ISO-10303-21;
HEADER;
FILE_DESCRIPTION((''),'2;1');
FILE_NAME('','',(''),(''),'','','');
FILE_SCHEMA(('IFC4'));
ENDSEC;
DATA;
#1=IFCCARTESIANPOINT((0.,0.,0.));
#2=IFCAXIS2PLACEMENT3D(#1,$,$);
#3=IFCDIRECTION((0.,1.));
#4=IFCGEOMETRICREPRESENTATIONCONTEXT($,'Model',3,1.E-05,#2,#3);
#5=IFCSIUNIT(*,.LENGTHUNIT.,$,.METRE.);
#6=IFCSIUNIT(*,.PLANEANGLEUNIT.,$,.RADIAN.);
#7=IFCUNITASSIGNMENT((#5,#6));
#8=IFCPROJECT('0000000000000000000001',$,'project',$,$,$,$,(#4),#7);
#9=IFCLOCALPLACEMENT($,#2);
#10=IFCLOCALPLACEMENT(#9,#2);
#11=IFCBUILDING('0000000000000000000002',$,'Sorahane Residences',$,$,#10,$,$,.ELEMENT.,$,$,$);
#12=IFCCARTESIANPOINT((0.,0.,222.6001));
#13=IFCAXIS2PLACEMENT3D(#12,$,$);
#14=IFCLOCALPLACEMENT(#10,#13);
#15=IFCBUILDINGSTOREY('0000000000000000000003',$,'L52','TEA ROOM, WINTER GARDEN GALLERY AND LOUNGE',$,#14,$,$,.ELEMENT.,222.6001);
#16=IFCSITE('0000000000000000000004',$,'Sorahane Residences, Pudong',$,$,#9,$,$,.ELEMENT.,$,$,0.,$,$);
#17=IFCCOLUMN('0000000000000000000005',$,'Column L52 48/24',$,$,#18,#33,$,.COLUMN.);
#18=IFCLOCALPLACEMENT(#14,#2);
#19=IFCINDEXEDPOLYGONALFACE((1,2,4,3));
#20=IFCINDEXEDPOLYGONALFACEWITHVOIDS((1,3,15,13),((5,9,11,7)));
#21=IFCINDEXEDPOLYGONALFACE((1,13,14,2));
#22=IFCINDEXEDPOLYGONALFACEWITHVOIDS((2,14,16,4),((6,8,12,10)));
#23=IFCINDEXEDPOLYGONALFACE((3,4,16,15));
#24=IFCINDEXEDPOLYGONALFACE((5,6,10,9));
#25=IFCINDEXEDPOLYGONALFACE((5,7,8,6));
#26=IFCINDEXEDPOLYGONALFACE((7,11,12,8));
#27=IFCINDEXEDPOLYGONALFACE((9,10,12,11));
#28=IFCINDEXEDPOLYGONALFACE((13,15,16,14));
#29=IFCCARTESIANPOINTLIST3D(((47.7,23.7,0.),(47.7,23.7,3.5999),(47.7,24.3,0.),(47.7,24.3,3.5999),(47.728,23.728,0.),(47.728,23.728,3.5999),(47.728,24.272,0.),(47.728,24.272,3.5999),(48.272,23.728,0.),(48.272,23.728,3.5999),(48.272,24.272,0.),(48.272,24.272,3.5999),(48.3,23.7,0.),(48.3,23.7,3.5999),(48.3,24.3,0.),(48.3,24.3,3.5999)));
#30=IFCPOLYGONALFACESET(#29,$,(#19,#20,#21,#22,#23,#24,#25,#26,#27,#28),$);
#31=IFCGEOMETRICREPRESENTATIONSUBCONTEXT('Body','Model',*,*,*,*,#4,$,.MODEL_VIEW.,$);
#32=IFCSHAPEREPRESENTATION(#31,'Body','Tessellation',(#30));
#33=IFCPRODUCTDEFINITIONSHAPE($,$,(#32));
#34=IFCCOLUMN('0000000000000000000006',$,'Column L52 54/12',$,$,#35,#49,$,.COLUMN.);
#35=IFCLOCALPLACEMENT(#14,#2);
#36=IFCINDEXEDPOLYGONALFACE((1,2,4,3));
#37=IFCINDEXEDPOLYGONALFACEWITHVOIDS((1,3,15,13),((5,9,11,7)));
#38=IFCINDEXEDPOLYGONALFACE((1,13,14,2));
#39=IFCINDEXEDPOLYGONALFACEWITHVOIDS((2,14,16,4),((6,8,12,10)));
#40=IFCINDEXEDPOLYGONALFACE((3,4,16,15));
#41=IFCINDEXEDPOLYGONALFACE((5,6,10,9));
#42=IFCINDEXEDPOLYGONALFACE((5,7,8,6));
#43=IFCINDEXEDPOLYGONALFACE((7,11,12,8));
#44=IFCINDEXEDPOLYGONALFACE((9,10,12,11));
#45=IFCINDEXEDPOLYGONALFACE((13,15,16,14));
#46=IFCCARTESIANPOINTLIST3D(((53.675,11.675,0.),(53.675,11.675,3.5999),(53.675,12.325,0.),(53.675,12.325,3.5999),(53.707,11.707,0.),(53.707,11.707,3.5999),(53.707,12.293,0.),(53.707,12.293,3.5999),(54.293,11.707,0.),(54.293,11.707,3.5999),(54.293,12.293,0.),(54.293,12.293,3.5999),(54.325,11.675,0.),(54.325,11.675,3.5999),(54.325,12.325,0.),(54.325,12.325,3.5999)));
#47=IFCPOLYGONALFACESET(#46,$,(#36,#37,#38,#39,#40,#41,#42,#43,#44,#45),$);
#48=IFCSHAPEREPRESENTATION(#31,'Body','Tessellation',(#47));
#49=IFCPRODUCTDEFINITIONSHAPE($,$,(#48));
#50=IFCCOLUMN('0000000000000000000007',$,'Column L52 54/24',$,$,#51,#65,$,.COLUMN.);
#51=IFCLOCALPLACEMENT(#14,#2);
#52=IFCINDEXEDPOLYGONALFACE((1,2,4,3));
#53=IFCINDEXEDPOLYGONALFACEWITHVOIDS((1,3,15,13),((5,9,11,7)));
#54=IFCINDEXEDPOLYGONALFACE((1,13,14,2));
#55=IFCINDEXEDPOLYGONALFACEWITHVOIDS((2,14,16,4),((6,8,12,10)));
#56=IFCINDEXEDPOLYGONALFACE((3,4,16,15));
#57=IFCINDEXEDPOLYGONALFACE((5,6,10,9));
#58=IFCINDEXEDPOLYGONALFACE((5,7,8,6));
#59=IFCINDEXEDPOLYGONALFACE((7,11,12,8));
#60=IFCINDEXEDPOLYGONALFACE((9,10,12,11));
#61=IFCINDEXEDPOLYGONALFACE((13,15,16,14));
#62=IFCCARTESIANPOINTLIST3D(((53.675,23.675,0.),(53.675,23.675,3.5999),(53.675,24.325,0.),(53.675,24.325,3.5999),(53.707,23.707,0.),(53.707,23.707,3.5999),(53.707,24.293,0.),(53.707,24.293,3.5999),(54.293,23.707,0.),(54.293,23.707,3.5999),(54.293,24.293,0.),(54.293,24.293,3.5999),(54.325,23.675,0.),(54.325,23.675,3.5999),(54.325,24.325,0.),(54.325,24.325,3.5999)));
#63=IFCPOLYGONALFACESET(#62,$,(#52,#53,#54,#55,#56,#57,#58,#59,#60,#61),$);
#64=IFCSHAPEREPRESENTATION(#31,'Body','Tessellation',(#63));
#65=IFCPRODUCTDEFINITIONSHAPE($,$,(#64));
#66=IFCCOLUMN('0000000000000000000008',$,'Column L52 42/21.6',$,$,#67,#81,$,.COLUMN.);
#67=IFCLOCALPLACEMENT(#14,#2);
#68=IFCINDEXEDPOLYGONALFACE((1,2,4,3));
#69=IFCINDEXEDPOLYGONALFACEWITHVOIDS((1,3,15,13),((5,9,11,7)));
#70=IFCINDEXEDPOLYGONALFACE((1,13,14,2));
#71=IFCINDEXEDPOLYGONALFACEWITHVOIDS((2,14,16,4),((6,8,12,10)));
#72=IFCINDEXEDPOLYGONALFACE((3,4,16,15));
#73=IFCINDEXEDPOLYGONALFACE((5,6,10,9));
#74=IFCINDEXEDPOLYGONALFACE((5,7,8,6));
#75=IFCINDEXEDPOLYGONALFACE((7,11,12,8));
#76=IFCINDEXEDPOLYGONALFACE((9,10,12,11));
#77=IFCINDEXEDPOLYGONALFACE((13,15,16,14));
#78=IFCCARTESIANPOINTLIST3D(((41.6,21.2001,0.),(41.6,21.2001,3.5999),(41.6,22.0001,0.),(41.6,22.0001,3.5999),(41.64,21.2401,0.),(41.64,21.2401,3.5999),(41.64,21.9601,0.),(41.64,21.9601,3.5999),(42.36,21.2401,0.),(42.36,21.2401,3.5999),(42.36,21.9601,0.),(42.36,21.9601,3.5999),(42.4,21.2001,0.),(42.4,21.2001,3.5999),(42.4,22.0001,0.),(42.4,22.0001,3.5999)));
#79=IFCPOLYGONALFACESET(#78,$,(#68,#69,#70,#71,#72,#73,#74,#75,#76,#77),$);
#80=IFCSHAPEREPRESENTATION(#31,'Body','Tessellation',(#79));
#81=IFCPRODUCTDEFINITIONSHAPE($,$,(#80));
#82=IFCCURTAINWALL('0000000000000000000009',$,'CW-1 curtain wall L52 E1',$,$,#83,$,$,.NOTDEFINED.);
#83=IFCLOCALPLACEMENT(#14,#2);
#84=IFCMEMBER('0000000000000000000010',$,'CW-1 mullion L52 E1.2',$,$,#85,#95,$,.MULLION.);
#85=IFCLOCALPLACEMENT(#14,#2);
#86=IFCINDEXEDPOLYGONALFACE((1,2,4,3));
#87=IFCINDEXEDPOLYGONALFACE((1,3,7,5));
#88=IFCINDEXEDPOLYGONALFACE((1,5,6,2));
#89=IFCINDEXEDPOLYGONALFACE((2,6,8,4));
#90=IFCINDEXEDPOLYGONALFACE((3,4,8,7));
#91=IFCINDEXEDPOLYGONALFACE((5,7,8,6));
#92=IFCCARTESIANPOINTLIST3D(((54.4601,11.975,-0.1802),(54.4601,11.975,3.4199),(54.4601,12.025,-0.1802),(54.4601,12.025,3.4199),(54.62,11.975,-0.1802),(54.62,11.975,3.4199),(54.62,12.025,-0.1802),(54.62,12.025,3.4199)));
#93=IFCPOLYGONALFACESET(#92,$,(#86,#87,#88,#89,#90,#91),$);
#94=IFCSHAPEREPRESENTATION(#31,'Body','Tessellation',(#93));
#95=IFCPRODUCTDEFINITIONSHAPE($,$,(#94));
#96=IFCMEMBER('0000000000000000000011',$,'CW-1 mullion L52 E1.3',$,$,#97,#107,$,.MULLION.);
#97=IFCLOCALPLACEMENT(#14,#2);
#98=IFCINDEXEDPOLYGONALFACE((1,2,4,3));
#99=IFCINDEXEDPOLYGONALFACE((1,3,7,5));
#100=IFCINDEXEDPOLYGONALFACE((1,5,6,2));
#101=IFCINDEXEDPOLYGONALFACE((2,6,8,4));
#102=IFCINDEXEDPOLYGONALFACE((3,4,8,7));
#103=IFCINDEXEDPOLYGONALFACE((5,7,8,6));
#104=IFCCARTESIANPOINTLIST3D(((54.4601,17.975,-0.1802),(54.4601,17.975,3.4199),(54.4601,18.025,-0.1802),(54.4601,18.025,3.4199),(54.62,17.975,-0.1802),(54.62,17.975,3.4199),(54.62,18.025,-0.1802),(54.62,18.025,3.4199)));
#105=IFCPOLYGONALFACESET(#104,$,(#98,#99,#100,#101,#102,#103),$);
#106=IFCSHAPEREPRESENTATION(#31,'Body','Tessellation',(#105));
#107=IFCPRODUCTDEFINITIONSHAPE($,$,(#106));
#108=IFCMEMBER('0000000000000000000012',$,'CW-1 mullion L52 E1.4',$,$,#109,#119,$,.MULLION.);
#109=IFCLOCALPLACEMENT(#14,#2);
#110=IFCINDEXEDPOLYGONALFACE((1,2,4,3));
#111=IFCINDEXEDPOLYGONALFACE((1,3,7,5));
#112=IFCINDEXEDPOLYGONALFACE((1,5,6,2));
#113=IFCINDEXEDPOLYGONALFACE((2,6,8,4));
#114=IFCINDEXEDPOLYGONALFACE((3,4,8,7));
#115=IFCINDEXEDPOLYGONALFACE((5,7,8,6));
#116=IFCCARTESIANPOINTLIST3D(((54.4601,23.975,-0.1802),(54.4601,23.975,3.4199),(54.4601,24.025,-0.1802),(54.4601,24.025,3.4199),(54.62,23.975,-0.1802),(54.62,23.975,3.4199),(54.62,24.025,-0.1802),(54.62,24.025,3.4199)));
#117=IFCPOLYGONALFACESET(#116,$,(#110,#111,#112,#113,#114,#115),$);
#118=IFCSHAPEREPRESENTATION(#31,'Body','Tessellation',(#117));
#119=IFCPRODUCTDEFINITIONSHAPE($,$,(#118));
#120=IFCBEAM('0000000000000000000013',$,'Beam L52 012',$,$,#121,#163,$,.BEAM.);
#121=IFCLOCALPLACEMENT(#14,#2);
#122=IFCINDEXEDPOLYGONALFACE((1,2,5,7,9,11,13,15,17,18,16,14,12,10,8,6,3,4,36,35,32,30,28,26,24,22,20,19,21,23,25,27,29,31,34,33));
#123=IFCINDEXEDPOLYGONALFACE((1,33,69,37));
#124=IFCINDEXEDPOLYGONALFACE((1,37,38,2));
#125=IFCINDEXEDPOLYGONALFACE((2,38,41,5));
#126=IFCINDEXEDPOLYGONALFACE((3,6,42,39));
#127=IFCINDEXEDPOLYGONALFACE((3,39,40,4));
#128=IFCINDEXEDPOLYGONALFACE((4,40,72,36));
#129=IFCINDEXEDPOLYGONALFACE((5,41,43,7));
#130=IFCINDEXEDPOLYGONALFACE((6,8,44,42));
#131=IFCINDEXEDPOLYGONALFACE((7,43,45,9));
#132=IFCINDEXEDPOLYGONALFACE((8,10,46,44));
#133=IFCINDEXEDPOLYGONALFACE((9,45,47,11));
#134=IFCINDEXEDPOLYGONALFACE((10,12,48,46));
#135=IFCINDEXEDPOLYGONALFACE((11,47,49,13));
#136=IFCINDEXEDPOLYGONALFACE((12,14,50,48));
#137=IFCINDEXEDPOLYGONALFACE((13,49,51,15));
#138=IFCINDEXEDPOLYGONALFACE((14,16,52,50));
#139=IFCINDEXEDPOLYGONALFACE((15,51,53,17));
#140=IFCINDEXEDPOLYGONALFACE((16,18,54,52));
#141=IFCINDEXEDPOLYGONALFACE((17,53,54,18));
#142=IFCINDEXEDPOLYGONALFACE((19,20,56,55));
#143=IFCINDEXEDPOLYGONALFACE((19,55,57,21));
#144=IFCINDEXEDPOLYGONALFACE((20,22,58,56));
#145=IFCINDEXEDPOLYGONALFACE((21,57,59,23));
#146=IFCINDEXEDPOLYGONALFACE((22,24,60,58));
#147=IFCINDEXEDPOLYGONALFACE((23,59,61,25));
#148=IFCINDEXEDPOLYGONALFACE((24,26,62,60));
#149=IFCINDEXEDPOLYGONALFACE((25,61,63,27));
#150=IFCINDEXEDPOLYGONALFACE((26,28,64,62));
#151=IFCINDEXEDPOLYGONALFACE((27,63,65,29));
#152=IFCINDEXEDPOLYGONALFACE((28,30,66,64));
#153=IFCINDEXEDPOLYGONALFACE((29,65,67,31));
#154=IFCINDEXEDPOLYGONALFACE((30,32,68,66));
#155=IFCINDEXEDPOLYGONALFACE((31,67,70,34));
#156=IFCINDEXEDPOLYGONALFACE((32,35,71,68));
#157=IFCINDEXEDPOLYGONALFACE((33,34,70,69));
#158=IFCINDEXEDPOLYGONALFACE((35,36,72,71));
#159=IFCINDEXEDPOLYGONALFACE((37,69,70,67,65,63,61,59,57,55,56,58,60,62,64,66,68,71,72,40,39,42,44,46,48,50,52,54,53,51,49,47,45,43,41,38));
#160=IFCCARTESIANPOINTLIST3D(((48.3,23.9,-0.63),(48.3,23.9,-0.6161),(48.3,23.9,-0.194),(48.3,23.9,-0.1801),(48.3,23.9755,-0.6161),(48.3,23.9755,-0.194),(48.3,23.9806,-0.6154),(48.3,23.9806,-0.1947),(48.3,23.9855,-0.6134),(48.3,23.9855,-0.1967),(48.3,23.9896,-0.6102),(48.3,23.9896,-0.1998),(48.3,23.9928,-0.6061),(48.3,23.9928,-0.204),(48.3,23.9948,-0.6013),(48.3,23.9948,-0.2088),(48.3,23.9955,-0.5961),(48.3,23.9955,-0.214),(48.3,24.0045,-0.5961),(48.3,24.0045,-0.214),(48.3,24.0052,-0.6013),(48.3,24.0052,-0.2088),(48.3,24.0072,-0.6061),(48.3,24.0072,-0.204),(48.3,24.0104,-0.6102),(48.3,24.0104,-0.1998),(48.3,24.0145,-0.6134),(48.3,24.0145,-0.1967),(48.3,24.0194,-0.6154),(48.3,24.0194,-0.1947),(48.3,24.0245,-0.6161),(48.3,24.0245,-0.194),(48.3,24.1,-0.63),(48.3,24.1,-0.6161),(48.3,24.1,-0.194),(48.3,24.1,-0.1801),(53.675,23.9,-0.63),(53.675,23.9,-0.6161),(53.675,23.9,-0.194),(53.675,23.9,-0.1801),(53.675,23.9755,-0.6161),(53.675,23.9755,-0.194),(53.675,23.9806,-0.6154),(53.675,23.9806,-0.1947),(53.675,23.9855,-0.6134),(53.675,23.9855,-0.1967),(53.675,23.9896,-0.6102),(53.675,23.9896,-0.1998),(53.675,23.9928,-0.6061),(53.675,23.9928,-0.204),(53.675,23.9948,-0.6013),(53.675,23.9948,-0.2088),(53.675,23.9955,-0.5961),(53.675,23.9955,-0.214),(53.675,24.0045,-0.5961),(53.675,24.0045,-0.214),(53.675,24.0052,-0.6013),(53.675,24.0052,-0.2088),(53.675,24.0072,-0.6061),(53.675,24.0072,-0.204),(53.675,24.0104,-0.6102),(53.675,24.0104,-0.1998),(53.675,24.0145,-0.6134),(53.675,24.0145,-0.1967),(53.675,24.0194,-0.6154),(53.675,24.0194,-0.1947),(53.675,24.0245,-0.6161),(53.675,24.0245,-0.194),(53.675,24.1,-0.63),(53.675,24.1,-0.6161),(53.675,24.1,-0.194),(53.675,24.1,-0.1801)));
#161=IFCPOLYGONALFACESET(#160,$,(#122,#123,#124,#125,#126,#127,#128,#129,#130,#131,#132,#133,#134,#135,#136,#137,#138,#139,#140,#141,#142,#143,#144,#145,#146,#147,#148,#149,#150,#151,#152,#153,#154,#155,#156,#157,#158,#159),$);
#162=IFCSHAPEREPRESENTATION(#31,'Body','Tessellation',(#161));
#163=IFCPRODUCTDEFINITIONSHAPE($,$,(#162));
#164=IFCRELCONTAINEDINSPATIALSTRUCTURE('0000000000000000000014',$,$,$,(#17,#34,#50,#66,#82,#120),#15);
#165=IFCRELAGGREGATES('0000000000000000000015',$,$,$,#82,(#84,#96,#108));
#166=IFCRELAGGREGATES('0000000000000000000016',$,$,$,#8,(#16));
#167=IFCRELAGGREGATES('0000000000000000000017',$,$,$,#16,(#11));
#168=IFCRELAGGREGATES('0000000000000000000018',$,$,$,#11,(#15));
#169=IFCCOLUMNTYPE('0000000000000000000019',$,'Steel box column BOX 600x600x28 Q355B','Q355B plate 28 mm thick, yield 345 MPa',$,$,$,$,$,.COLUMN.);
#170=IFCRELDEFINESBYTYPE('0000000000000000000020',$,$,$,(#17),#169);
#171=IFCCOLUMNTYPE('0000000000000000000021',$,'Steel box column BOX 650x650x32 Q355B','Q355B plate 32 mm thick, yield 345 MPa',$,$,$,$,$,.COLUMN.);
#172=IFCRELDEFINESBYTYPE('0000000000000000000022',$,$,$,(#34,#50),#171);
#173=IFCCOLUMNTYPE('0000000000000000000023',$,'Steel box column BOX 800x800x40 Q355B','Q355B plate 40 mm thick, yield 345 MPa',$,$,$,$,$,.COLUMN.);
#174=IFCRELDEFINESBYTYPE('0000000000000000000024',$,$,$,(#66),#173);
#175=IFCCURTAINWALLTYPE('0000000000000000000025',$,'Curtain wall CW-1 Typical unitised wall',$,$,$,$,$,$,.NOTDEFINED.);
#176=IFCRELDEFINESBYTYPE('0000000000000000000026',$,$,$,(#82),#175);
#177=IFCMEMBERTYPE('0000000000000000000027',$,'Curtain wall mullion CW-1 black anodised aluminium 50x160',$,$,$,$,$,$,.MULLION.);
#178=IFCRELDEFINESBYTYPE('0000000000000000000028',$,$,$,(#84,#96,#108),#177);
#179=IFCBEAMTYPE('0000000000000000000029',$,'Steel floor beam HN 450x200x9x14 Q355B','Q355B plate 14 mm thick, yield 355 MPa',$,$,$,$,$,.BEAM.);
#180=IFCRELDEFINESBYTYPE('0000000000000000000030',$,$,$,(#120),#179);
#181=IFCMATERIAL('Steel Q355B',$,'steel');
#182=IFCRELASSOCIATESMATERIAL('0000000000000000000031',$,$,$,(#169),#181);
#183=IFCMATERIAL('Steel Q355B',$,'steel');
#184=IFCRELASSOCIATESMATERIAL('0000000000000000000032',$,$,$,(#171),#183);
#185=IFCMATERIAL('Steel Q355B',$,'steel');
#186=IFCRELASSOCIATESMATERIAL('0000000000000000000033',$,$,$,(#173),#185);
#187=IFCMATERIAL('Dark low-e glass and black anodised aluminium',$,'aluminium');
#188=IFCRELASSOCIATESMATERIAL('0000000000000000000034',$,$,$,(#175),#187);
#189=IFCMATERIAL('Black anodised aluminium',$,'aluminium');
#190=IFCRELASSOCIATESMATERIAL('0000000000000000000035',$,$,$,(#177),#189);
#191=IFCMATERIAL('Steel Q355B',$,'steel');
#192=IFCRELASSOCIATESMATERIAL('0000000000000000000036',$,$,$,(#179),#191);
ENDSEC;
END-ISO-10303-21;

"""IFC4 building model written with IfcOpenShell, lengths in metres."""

from ifc_helpers import new_model, si_unit, direction, frame, origin, origin_2d, place, context, subcontext, project, spatial, rectangle, hollow_rectangle, i_section, extrude, material, material_profile, profile_set, type_object, element, aggregate, save


model = new_model("IFC4")

# Units and contexts
model_context = context("Model", 3, precision=1e-05, world=origin(), true_north=direction((0.0, 1.0)))
body_context = subcontext(model_context, "Body", "Model", "MODEL_VIEW")
ifc_project = project(units=[si_unit("LENGTHUNIT", "METRE"), si_unit("PLANEANGLEUNIT", "RADIAN")], contexts=[model_context])

# Site, building, storey
site_placement = place(None, origin())
site = spatial("IfcSite", under=ifc_project, at=site_placement, Name="Sorahane Residences, Pudong", CompositionType="ELEMENT", RefElevation=0.0)
building_placement = place(site_placement, origin())
building = spatial("IfcBuilding", under=site, at=building_placement, Name="Sorahane Residences", CompositionType="ELEMENT")
storey_placement = place(building_placement, frame((0.0, 0.0, 222.6001)))
storey = spatial("IfcBuildingStorey", under=building, at=storey_placement, Name="L52", Description="TEA ROOM, WINTER GARDEN GALLERY AND LOUNGE", CompositionType="ELEMENT", Elevation=222.6001)

# Columns
ifc_material_1 = material(Name="Steel Q355B", Category="steel")
ifc_material_profile_1 = material_profile(ifc_material_1, hollow_rectangle(XDim=0.6001, YDim=0.6001, WallThickness=0.0281, at=origin_2d()), Name="BOX 600x600x28")
ifc_profile_set_1 = profile_set([ifc_material_profile_1], Name="Steel Q355B")
column_type_1 = type_object("IfcColumnType", Name="Steel box column BOX 600x600x28 Q355B", Description="Q355B plate 28 mm thick, yield 345 MPa", PredefinedType="COLUMN", material=ifc_profile_set_1)
column_1_placement = place(storey_placement, frame((48.0, 24.0, 0.0), z_axis=(0.0, 0.0, 1.0), x_axis=(1.0, 0.0, 0.0)))
element("IfcColumn", 1, at=column_1_placement, inside=storey, type_object=column_type_1, Name="Column L52 48/24", PredefinedType="COLUMN", context=body_context, shape_type="SweptSolid", body=[
    extrude(hollow_rectangle(XDim=0.6001, YDim=0.6001, WallThickness=0.0281, at=origin_2d()), origin(), (0.0, 0.0, 1.0), 3.5999),
])
ifc_material_2 = material(Name="Steel Q355B", Category="steel")
ifc_material_profile_2 = material_profile(ifc_material_2, hollow_rectangle(XDim=0.6499, YDim=0.6499, WallThickness=0.032, at=origin_2d()), Name="BOX 650x650x32")
ifc_profile_set_2 = profile_set([ifc_material_profile_2], Name="Steel Q355B")
column_type_2 = type_object("IfcColumnType", Name="Steel box column BOX 650x650x32 Q355B", Description="Q355B plate 32 mm thick, yield 345 MPa", PredefinedType="COLUMN", material=ifc_profile_set_2)
for number, where, z_axis, x_axis, name in (
    (2, (54.0, 12.0, 0.0), (0.0, 0.0, 1.0), (1.0, 0.0, 0.0), "Column L52 54/12"),
    (3, (54.0, 24.0, 0.0), (0.0, 0.0, 1.0), (1.0, 0.0, 0.0), "Column L52 54/24"),
):
    element("IfcColumn", number, at=place(storey_placement, frame(where, z_axis=z_axis, x_axis=x_axis)), inside=storey, type_object=column_type_2, Name=name, PredefinedType="COLUMN", context=body_context, shape_type="SweptSolid", body=[
        extrude(hollow_rectangle(XDim=0.6499, YDim=0.6499, WallThickness=0.032, at=origin_2d()), origin(), (0.0, 0.0, 1.0), 3.5999),
    ])
ifc_material_3 = material(Name="Steel Q355B", Category="steel")
ifc_material_profile_3 = material_profile(ifc_material_3, hollow_rectangle(XDim=0.8, YDim=0.8, WallThickness=0.04, at=origin_2d()), Name="BOX 800x800x40")
ifc_profile_set_3 = profile_set([ifc_material_profile_3], Name="Steel Q355B")
column_type_3 = type_object("IfcColumnType", Name="Steel box column BOX 800x800x40 Q355B", Description="Q355B plate 40 mm thick, yield 345 MPa", PredefinedType="COLUMN", material=ifc_profile_set_3)
column_2_placement = place(storey_placement, frame((42.0, 21.6001, 0.0), z_axis=(0.0, 0.0, 1.0), x_axis=(1.0, 0.0, 0.0)))
element("IfcColumn", 4, at=column_2_placement, inside=storey, type_object=column_type_3, Name="Column L52 42/21.6", PredefinedType="COLUMN", context=body_context, shape_type="SweptSolid", body=[
    extrude(hollow_rectangle(XDim=0.8, YDim=0.8, WallThickness=0.04, at=origin_2d()), origin(), (0.0, 0.0, 1.0), 3.5999),
])

# Curtain wall, members
ifc_material_4 = material(Name="Dark low-e glass and black anodised aluminium", Category="aluminium")
curtain_wall_type = type_object("IfcCurtainWallType", Name="Curtain wall CW-1 Typical unitised wall", PredefinedType="NOTDEFINED", material=ifc_material_4)
curtain_wall_placement = place(storey_placement, origin())
curtain_wall = element("IfcCurtainWall", 5, at=curtain_wall_placement, inside=storey, type_object=curtain_wall_type, Name="CW-1 curtain wall L52 E1", PredefinedType="NOTDEFINED")
ifc_material_5 = material(Name="Black anodised aluminium", Category="aluminium")
ifc_material_profile_4 = material_profile(ifc_material_5, rectangle(XDim=0.1599, YDim=0.05, at=origin_2d()), Name="Curtain wall mullion CW-1 black anodised aluminium 50x160")
ifc_profile_set_4 = profile_set([ifc_material_profile_4], Name="Black anodised aluminium")
member_type = type_object("IfcMemberType", Name="Curtain wall mullion CW-1 black anodised aluminium 50x160", PredefinedType="MULLION", material=ifc_profile_set_4)
member_1_placement = place(storey_placement, frame((54.54, 12.0, -0.1802), z_axis=(0.0, 0.0, 1.0), x_axis=(1.0, 0.0, 0.0)))
member_1 = element("IfcMember", 6, at=member_1_placement, type_object=member_type, Name="CW-1 mullion L52 E1.2", PredefinedType="MULLION", context=body_context, shape_type="SweptSolid", body=[
    extrude(rectangle(XDim=0.1599, YDim=0.05, at=origin_2d()), origin(), (0.0, 0.0, 1.0), 3.6001),
])
member_2_placement = place(storey_placement, frame((54.54, 18.0, -0.1802), z_axis=(0.0, 0.0, 1.0), x_axis=(1.0, 0.0, 0.0)))
member_2 = element("IfcMember", 7, at=member_2_placement, type_object=member_type, Name="CW-1 mullion L52 E1.3", PredefinedType="MULLION", context=body_context, shape_type="SweptSolid", body=[
    extrude(rectangle(XDim=0.1599, YDim=0.05, at=origin_2d()), origin(), (0.0, 0.0, 1.0), 3.6001),
])
member_3_placement = place(storey_placement, frame((54.54, 24.0, -0.1802), z_axis=(0.0, 0.0, 1.0), x_axis=(1.0, 0.0, 0.0)))
member_3 = element("IfcMember", 8, at=member_3_placement, type_object=member_type, Name="CW-1 mullion L52 E1.4", PredefinedType="MULLION", context=body_context, shape_type="SweptSolid", body=[
    extrude(rectangle(XDim=0.1599, YDim=0.05, at=origin_2d()), origin(), (0.0, 0.0, 1.0), 3.6001),
])

# Beam
ifc_material_6 = material(Name="Steel Q355B", Category="steel")
ifc_material_profile_5 = material_profile(ifc_material_6, i_section(OverallWidth=0.2, OverallDepth=0.45, WebThickness=0.009, FlangeThickness=0.0139, FilletRadius=0.02, at=origin_2d()), Name="HN 450x200x9x14")
ifc_profile_set_5 = profile_set([ifc_material_profile_5], Name="Steel Q355B")
beam_type_1 = type_object("IfcBeamType", Name="Steel floor beam HN 450x200x9x14 Q355B", Description="Q355B plate 14 mm thick, yield 355 MPa", PredefinedType="BEAM", material=ifc_profile_set_5)
beam_1_placement = place(storey_placement, frame((48.3, 24.0, -0.405), z_axis=(1.0, 0.0, 0.0), x_axis=(0.0, 1.0, 0.0)))
element("IfcBeam", 9, at=beam_1_placement, inside=storey, type_object=beam_type_1, Name="Beam L52 012", PredefinedType="BEAM", context=body_context, shape_type="SweptSolid", body=[
    extrude(i_section(OverallWidth=0.2, OverallDepth=0.45, WebThickness=0.009, FlangeThickness=0.0139, FilletRadius=0.02, at=origin_2d()), origin(), (0.0, 0.0, 1.0), 5.375),
])

aggregate(curtain_wall, [member_1, member_2, member_3])

save(model, "model.ifc")
